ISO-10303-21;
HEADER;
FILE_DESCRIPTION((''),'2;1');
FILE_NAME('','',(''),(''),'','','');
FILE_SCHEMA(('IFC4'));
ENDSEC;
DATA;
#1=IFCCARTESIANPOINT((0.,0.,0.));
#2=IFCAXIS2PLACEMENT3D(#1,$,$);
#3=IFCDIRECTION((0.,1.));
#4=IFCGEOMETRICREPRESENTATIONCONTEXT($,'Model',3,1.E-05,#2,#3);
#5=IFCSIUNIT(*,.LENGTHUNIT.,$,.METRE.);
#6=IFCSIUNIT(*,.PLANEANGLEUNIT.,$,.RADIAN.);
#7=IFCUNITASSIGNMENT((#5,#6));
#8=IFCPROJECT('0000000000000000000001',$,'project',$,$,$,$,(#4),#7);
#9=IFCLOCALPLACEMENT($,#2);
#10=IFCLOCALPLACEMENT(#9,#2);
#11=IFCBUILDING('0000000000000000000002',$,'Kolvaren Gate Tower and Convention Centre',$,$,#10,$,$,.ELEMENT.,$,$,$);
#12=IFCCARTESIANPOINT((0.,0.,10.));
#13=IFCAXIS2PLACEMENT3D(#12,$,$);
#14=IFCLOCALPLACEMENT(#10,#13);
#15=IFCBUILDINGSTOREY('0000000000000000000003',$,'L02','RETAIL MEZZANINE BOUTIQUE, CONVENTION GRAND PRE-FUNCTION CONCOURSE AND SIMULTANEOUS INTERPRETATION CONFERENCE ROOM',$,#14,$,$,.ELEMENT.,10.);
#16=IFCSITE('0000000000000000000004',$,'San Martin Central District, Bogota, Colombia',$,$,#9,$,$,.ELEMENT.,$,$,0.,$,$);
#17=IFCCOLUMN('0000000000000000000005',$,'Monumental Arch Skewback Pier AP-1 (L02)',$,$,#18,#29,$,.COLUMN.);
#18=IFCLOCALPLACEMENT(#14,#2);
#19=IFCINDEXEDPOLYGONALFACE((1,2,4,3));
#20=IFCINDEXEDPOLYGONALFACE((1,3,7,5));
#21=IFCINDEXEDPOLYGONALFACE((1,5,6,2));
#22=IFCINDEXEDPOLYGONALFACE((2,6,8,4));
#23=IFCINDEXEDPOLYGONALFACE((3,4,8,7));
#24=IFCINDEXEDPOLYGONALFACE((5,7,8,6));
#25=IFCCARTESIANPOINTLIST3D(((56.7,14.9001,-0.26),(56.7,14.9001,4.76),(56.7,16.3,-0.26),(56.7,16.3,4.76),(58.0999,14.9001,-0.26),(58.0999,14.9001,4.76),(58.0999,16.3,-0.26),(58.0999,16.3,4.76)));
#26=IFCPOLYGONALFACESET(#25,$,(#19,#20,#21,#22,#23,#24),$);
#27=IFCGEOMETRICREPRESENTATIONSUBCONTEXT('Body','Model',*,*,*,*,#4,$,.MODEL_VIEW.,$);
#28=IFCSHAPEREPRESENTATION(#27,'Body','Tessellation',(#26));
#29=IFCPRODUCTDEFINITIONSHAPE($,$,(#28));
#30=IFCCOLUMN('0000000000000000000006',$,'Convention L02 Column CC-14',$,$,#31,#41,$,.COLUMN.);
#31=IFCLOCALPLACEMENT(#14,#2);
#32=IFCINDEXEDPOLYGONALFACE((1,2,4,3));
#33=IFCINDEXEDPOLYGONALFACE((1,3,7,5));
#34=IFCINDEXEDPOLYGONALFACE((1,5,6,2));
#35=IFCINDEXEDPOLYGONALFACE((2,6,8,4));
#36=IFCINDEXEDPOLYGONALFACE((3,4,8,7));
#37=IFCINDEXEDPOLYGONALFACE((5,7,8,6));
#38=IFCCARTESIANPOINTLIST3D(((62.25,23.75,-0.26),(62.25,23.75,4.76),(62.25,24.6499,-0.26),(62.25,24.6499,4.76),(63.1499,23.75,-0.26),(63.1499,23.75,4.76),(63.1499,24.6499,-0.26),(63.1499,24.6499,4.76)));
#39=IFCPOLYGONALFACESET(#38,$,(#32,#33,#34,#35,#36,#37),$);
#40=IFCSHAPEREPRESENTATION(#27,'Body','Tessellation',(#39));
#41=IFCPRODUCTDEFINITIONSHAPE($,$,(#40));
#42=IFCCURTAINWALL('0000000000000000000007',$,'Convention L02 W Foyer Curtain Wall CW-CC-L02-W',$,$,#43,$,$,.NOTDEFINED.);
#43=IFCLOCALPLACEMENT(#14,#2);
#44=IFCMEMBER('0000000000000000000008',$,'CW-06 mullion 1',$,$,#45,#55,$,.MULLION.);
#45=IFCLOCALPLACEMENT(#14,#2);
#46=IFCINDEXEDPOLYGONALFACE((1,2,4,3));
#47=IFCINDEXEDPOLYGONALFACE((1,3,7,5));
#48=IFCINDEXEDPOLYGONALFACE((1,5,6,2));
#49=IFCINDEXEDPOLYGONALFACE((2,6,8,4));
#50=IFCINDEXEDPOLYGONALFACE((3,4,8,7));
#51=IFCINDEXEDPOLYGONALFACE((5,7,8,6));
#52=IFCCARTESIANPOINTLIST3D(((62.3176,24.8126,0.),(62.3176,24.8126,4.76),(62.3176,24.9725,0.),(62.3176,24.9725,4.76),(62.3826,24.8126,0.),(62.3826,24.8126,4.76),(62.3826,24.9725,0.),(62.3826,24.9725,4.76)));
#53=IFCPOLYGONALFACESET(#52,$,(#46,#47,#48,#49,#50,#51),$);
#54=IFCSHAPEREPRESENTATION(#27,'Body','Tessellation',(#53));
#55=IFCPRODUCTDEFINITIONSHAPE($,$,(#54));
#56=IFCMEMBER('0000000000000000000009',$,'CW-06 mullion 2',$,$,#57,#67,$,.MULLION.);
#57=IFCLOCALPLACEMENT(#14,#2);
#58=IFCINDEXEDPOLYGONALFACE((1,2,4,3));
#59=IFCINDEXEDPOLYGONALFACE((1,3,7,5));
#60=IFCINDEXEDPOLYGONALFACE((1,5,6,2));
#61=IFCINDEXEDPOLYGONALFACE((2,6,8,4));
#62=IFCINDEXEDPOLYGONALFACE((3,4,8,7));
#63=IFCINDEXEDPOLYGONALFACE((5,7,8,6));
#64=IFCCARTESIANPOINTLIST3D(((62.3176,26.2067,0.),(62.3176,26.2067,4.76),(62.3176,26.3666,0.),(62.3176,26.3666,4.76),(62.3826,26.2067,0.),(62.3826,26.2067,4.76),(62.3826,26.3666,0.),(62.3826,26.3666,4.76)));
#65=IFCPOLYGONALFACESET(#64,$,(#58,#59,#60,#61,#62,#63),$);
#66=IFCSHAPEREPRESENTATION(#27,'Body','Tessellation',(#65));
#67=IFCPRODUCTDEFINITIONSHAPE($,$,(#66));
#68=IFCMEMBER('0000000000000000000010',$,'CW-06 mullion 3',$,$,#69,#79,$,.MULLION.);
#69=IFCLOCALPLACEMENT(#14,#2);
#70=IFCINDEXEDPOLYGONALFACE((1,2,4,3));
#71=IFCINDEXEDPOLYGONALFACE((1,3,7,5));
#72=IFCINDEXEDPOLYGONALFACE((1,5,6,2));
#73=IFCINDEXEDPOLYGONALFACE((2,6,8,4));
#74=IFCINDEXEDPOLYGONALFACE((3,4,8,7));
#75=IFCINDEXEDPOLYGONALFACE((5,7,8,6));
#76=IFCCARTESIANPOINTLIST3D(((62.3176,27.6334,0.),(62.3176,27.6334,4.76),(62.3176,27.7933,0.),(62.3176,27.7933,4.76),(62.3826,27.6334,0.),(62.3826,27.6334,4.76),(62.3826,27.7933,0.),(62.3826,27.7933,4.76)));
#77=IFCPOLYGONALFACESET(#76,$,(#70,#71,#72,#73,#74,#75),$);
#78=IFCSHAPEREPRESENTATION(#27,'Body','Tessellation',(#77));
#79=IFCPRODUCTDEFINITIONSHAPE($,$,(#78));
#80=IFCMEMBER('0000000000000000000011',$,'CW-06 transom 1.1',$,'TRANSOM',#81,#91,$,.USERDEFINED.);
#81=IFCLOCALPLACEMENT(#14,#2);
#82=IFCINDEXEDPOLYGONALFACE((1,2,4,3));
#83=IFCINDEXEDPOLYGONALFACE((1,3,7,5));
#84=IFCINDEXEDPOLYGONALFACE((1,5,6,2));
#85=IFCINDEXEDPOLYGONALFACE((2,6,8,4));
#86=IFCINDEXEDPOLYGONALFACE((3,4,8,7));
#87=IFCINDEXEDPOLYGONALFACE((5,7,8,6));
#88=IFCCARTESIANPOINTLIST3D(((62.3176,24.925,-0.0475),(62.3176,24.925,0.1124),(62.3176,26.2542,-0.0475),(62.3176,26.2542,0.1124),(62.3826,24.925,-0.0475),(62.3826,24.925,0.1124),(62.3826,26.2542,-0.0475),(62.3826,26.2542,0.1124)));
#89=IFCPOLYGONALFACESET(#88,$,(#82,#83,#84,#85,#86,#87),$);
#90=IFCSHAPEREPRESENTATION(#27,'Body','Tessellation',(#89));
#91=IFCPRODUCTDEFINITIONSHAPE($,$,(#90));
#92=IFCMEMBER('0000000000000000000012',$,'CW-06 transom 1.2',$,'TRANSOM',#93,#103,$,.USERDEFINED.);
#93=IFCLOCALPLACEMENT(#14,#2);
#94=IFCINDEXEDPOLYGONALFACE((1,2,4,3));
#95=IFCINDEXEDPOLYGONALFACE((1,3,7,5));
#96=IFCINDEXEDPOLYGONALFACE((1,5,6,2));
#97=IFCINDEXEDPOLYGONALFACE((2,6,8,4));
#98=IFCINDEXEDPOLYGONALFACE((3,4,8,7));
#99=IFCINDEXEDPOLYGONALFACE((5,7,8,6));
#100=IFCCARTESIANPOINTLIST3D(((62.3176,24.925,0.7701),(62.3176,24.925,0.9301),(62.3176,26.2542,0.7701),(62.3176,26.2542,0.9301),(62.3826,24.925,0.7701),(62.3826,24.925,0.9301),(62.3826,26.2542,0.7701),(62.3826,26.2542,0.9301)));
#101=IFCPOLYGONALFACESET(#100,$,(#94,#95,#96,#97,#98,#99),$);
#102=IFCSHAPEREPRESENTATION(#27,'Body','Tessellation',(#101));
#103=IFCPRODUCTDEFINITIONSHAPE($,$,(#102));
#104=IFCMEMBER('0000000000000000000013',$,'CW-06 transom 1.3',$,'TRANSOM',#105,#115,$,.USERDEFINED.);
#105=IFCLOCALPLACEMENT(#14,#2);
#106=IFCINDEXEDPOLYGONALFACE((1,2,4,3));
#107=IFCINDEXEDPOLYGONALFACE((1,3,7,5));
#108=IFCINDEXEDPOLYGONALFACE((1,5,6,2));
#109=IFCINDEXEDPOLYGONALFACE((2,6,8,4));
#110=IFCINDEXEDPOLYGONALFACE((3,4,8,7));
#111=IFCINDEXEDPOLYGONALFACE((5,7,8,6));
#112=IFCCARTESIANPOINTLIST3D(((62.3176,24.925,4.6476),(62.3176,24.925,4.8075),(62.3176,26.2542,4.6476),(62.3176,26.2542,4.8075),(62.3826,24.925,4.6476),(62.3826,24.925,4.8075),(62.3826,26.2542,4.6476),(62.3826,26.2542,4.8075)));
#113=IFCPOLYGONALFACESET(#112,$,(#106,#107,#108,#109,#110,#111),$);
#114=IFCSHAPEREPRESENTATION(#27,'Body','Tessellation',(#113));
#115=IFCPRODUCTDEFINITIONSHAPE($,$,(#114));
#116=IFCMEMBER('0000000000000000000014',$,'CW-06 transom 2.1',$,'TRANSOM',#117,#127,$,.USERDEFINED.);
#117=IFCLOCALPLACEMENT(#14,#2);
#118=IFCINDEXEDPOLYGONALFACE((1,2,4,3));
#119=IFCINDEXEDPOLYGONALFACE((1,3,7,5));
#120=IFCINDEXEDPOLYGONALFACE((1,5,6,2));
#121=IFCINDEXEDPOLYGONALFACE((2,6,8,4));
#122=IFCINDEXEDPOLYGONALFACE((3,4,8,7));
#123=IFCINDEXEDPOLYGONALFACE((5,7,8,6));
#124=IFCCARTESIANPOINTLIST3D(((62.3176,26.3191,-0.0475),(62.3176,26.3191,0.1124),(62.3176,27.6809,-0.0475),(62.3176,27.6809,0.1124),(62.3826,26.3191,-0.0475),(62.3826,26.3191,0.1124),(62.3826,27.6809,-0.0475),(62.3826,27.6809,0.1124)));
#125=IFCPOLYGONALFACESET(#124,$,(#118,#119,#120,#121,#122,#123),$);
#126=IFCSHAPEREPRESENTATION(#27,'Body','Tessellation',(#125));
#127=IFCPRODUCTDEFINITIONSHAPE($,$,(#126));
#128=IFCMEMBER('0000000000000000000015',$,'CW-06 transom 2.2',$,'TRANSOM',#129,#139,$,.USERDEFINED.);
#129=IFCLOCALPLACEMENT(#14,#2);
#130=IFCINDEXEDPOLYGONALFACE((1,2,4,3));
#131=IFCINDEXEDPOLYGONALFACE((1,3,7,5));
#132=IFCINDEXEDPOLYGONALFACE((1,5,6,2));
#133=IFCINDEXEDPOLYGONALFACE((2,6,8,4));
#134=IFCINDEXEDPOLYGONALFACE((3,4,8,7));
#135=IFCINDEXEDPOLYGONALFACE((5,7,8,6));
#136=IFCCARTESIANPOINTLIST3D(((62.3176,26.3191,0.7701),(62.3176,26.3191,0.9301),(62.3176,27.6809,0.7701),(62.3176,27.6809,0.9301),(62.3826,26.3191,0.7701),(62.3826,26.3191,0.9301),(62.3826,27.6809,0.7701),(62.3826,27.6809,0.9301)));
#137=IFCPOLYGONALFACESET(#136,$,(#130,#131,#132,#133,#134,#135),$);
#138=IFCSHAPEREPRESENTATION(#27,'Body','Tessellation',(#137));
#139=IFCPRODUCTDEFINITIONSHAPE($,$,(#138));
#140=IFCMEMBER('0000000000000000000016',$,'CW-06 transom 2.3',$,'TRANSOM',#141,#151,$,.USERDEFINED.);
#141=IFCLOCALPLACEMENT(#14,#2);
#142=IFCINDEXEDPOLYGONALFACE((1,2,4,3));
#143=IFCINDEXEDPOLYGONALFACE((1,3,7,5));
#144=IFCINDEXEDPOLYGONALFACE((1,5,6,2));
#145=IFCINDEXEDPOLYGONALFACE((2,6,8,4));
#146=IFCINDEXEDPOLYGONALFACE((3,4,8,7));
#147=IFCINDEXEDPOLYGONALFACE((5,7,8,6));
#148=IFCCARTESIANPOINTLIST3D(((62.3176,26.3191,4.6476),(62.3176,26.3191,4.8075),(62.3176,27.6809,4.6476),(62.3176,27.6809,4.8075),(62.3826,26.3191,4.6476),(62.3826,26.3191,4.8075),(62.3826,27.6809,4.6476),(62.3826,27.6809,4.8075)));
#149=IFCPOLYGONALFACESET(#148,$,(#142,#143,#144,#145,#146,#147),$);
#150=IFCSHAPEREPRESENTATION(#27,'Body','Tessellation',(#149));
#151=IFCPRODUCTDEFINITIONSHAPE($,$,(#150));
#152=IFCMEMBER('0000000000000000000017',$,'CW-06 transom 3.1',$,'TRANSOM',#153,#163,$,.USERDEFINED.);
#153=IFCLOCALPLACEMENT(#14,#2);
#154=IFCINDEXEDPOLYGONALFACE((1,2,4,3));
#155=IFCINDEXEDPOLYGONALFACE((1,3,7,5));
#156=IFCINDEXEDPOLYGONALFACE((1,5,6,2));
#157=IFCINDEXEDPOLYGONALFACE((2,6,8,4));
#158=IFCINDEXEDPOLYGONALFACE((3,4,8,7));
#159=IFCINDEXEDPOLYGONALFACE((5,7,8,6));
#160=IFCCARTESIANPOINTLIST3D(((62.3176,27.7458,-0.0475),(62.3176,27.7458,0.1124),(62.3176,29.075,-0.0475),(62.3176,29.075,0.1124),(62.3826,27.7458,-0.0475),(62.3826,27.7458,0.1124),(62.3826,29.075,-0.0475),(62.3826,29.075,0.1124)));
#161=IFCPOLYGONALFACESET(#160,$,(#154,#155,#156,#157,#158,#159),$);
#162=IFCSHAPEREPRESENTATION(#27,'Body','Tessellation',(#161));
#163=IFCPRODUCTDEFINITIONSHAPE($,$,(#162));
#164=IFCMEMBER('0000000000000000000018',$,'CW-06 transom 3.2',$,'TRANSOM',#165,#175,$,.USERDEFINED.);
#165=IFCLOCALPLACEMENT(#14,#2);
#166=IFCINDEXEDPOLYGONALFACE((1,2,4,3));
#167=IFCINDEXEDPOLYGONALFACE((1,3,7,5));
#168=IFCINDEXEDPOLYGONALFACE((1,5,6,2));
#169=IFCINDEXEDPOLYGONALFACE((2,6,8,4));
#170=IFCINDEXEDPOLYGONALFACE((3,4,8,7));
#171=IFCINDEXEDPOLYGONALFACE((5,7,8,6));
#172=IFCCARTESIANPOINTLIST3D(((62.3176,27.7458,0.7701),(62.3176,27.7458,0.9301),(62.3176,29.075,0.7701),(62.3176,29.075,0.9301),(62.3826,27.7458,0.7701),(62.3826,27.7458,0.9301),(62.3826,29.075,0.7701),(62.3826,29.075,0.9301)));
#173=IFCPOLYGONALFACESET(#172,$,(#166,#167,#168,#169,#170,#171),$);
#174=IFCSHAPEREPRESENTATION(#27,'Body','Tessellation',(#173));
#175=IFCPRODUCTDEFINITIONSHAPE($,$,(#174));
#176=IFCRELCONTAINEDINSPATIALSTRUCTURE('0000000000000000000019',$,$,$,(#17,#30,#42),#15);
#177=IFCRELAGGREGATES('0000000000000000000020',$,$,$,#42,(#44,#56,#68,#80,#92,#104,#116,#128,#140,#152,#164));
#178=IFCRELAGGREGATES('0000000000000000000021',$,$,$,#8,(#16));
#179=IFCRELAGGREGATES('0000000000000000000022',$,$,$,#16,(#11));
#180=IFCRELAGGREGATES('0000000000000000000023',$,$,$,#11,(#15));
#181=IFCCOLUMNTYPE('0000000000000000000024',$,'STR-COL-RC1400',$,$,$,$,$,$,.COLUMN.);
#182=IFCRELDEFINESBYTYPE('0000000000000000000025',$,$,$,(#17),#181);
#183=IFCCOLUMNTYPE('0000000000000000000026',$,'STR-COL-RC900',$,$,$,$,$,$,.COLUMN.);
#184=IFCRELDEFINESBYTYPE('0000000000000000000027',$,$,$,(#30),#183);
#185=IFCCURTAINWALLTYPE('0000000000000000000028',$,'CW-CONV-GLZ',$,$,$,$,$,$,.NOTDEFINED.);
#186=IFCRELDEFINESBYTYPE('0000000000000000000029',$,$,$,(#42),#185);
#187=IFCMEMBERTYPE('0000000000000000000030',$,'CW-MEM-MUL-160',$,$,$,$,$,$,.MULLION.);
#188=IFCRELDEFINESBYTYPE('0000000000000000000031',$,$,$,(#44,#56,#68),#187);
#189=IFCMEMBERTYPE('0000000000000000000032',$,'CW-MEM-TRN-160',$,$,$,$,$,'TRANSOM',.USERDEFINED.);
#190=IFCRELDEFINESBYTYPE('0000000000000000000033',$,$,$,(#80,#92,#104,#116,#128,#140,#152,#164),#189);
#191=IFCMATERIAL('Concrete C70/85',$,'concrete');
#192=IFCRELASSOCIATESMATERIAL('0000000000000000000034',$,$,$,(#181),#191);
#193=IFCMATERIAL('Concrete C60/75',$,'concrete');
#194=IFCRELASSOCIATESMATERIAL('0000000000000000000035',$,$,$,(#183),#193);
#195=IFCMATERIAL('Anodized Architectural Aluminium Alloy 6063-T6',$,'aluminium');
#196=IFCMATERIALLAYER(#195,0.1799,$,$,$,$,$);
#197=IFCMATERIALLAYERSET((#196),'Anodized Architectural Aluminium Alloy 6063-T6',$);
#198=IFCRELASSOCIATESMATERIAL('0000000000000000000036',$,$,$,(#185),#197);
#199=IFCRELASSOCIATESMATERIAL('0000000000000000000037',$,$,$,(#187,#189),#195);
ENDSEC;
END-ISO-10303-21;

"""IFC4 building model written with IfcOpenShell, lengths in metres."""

from ifc_helpers import new_model, si_unit, direction, frame, origin, origin_2d, place, context, subcontext, project, spatial, rectangle, extrude, material, layer, layer_set, material_profile, profile_set, type_object, element, aggregate, save


model = new_model("IFC4")

# Units and contexts
model_context = context("Model", 3, precision=1e-05, world=origin(), true_north=direction((0.0, 1.0)))
body_context = subcontext(model_context, "Body", "Model", "MODEL_VIEW")
ifc_project = project(units=[si_unit("LENGTHUNIT", "METRE"), si_unit("PLANEANGLEUNIT", "RADIAN")], contexts=[model_context])

# Site, building, storey
site_placement = place(None, origin())
site = spatial("IfcSite", under=ifc_project, at=site_placement, Name="San Martin Central District, Bogota, Colombia", CompositionType="ELEMENT", RefElevation=0.0)
building_placement = place(site_placement, origin())
building = spatial("IfcBuilding", under=site, at=building_placement, Name="Kolvaren Gate Tower and Convention Centre", CompositionType="ELEMENT")
storey_placement = place(building_placement, frame((0.0, 0.0, 10.0)))
storey = spatial("IfcBuildingStorey", under=building, at=storey_placement, Name="L02", Description="RETAIL MEZZANINE BOUTIQUE, CONVENTION GRAND PRE-FUNCTION CONCOURSE AND SIMULTANEOUS INTERPRETATION CONFERENCE ROOM", CompositionType="ELEMENT", Elevation=10.0)

# Columns
ifc_material_1 = material(Name="Concrete C70/85", Category="concrete")
ifc_material_profile_1 = material_profile(ifc_material_1, rectangle(XDim=1.3999, YDim=1.3999, at=origin_2d()), Name="RC-COL-1400X1400")
ifc_profile_set_1 = profile_set([ifc_material_profile_1], Name="Concrete C70/85")
column_type_1 = type_object("IfcColumnType", Name="STR-COL-RC1400", PredefinedType="COLUMN", material=ifc_profile_set_1)
column_1_placement = place(storey_placement, frame((57.3999, 15.6001, -0.26), z_axis=(0.0, 0.0, 1.0), x_axis=(1.0, 0.0, 0.0)))
element("IfcColumn", 1, at=column_1_placement, inside=storey, type_object=column_type_1, Name="Monumental Arch Skewback Pier AP-1 (L02)", PredefinedType="COLUMN", context=body_context, shape_type="SweptSolid", body=[
    extrude(rectangle(XDim=1.3999, YDim=1.3999, at=origin_2d()), origin(), (0.0, 0.0, 1.0), 5.02),
])
ifc_material_2 = material(Name="Concrete C60/75", Category="concrete")
ifc_material_profile_2 = material_profile(ifc_material_2, rectangle(XDim=0.8999, YDim=0.8999, at=origin_2d()), Name="RC-COL-900X900")
ifc_profile_set_2 = profile_set([ifc_material_profile_2], Name="Concrete C60/75")
column_type_2 = type_object("IfcColumnType", Name="STR-COL-RC900", PredefinedType="COLUMN", material=ifc_profile_set_2)
column_2_placement = place(storey_placement, frame((62.7, 24.2, -0.26), z_axis=(0.0, 0.0, 1.0), x_axis=(1.0, 0.0, 0.0)))
element("IfcColumn", 2, at=column_2_placement, inside=storey, type_object=column_type_2, Name="Convention L02 Column CC-14", PredefinedType="COLUMN", context=body_context, shape_type="SweptSolid", body=[
    extrude(rectangle(XDim=0.8999, YDim=0.8999, at=origin_2d()), origin(), (0.0, 0.0, 1.0), 5.02),
])

# Curtain wall, members
ifc_material_3 = material(Name="Anodized Architectural Aluminium Alloy 6063-T6", Category="aluminium")
ifc_layer_1 = layer(ifc_material_3, 0.1799)
ifc_layer_set_1 = layer_set([ifc_layer_1], Name="Anodized Architectural Aluminium Alloy 6063-T6")
curtain_wall_type = type_object("IfcCurtainWallType", Name="CW-CONV-GLZ", PredefinedType="NOTDEFINED", material=ifc_layer_set_1)
curtain_wall_placement = place(storey_placement, origin())
curtain_wall = element("IfcCurtainWall", 3, at=curtain_wall_placement, inside=storey, type_object=curtain_wall_type, Name="Convention L02 W Foyer Curtain Wall CW-CC-L02-W", PredefinedType="NOTDEFINED")
ifc_material_profile_3 = material_profile(ifc_material_3, rectangle(XDim=0.0649, YDim=0.1599, at=origin_2d()), Name="CW-MEM-MUL-160")
ifc_profile_set_3 = profile_set([ifc_material_profile_3], Name="Anodized Architectural Aluminium Alloy 6063-T6")
member_type_1 = type_object("IfcMemberType", Name="CW-MEM-MUL-160", PredefinedType="MULLION", material=ifc_profile_set_3)
member_1_placement = place(storey_placement, frame((62.3501, 24.8926, 0.0), z_axis=(0.0, 0.0, 1.0), x_axis=(-1.0, 0.0, 0.0)))
member_1 = element("IfcMember", 4, at=member_1_placement, type_object=member_type_1, Name="CW-06 mullion 1", PredefinedType="MULLION", context=body_context, shape_type="SweptSolid", body=[
    extrude(rectangle(XDim=0.0649, YDim=0.1599, at=origin_2d()), origin(), (0.0, 0.0, 1.0), 4.76),
])
member_2_placement = place(storey_placement, frame((62.3501, 26.2866, 0.0), z_axis=(0.0, 0.0, 1.0), x_axis=(-1.0, 0.0, 0.0)))
member_2 = element("IfcMember", 5, at=member_2_placement, type_object=member_type_1, Name="CW-06 mullion 2", PredefinedType="MULLION", context=body_context, shape_type="SweptSolid", body=[
    extrude(rectangle(XDim=0.0649, YDim=0.1599, at=origin_2d()), origin(), (0.0, 0.0, 1.0), 4.76),
])
member_3_placement = place(storey_placement, frame((62.3501, 27.7134, 0.0), z_axis=(0.0, 0.0, 1.0), x_axis=(-1.0, 0.0, 0.0)))
member_3 = element("IfcMember", 6, at=member_3_placement, type_object=member_type_1, Name="CW-06 mullion 3", PredefinedType="MULLION", context=body_context, shape_type="SweptSolid", body=[
    extrude(rectangle(XDim=0.0649, YDim=0.1599, at=origin_2d()), origin(), (0.0, 0.0, 1.0), 4.76),
])
ifc_material_profile_4 = material_profile(ifc_material_3, rectangle(XDim=0.0649, YDim=0.1599, at=origin_2d()), Name="CW-MEM-TRN-160")
ifc_profile_set_4 = profile_set([ifc_material_profile_4], Name="Anodized Architectural Aluminium Alloy 6063-T6")
member_type_2 = type_object("IfcMemberType", Name="CW-MEM-TRN-160", ElementType="TRANSOM", PredefinedType="USERDEFINED", material=ifc_profile_set_4)
member_4_placement = place(storey_placement, frame((62.3501, 24.925, 0.0325), z_axis=(0.0, 1.0, 0.0), x_axis=(-1.0, 0.0, 0.0)))
member_4 = element("IfcMember", 7, at=member_4_placement, type_object=member_type_2, Name="CW-06 transom 1.1", ObjectType="TRANSOM", PredefinedType="USERDEFINED", context=body_context, shape_type="SweptSolid", body=[
    extrude(rectangle(XDim=0.0649, YDim=0.1599, at=origin_2d()), origin(), (0.0, 0.0, 1.0), 1.3291),
])
member_5_placement = place(storey_placement, frame((62.3501, 24.925, 0.8501), z_axis=(0.0, 1.0, 0.0), x_axis=(-1.0, 0.0, 0.0)))
member_5 = element("IfcMember", 8, at=member_5_placement, type_object=member_type_2, Name="CW-06 transom 1.2", ObjectType="TRANSOM", PredefinedType="USERDEFINED", context=body_context, shape_type="SweptSolid", body=[
    extrude(rectangle(XDim=0.0649, YDim=0.1599, at=origin_2d()), origin(), (0.0, 0.0, 1.0), 1.3291),
])
member_6_placement = place(storey_placement, frame((62.3501, 24.925, 4.7275), z_axis=(0.0, 1.0, 0.0), x_axis=(-1.0, 0.0, 0.0)))
member_6 = element("IfcMember", 9, at=member_6_placement, type_object=member_type_2, Name="CW-06 transom 1.3", ObjectType="TRANSOM", PredefinedType="USERDEFINED", context=body_context, shape_type="SweptSolid", body=[
    extrude(rectangle(XDim=0.0649, YDim=0.1599, at=origin_2d()), origin(), (0.0, 0.0, 1.0), 1.3291),
])
member_7_placement = place(storey_placement, frame((62.3501, 26.3191, 0.0325), z_axis=(0.0, 1.0, 0.0), x_axis=(-1.0, 0.0, 0.0)))
member_7 = element("IfcMember", 10, at=member_7_placement, type_object=member_type_2, Name="CW-06 transom 2.1", ObjectType="TRANSOM", PredefinedType="USERDEFINED", context=body_context, shape_type="SweptSolid", body=[
    extrude(rectangle(XDim=0.0649, YDim=0.1599, at=origin_2d()), origin(), (0.0, 0.0, 1.0), 1.3618),
])
member_8_placement = place(storey_placement, frame((62.3501, 26.3191, 0.8501), z_axis=(0.0, 1.0, 0.0), x_axis=(-1.0, 0.0, 0.0)))
member_8 = element("IfcMember", 11, at=member_8_placement, type_object=member_type_2, Name="CW-06 transom 2.2", ObjectType="TRANSOM", PredefinedType="USERDEFINED", context=body_context, shape_type="SweptSolid", body=[
    extrude(rectangle(XDim=0.0649, YDim=0.1599, at=origin_2d()), origin(), (0.0, 0.0, 1.0), 1.3618),
])
member_9_placement = place(storey_placement, frame((62.3501, 26.3191, 4.7275), z_axis=(0.0, 1.0, 0.0), x_axis=(-1.0, 0.0, 0.0)))
member_9 = element("IfcMember", 12, at=member_9_placement, type_object=member_type_2, Name="CW-06 transom 2.3", ObjectType="TRANSOM", PredefinedType="USERDEFINED", context=body_context, shape_type="SweptSolid", body=[
    extrude(rectangle(XDim=0.0649, YDim=0.1599, at=origin_2d()), origin(), (0.0, 0.0, 1.0), 1.3618),
])
member_10_placement = place(storey_placement, frame((62.3501, 27.7458, 0.0325), z_axis=(0.0, 1.0, 0.0), x_axis=(-1.0, 0.0, 0.0)))
member_10 = element("IfcMember", 13, at=member_10_placement, type_object=member_type_2, Name="CW-06 transom 3.1", ObjectType="TRANSOM", PredefinedType="USERDEFINED", context=body_context, shape_type="SweptSolid", body=[
    extrude(rectangle(XDim=0.0649, YDim=0.1599, at=origin_2d()), origin(), (0.0, 0.0, 1.0), 1.3291),
])
member_11_placement = place(storey_placement, frame((62.3501, 27.7458, 0.8501), z_axis=(0.0, 1.0, 0.0), x_axis=(-1.0, 0.0, 0.0)))
member_11 = element("IfcMember", 14, at=member_11_placement, type_object=member_type_2, Name="CW-06 transom 3.2", ObjectType="TRANSOM", PredefinedType="USERDEFINED", context=body_context, shape_type="SweptSolid", body=[
    extrude(rectangle(XDim=0.0649, YDim=0.1599, at=origin_2d()), origin(), (0.0, 0.0, 1.0), 1.3291),
])

aggregate(curtain_wall, [member_1, member_2, member_3, member_4, member_5, member_6, member_7, member_8, member_9, member_10, member_11])

save(model, "model.ifc")
